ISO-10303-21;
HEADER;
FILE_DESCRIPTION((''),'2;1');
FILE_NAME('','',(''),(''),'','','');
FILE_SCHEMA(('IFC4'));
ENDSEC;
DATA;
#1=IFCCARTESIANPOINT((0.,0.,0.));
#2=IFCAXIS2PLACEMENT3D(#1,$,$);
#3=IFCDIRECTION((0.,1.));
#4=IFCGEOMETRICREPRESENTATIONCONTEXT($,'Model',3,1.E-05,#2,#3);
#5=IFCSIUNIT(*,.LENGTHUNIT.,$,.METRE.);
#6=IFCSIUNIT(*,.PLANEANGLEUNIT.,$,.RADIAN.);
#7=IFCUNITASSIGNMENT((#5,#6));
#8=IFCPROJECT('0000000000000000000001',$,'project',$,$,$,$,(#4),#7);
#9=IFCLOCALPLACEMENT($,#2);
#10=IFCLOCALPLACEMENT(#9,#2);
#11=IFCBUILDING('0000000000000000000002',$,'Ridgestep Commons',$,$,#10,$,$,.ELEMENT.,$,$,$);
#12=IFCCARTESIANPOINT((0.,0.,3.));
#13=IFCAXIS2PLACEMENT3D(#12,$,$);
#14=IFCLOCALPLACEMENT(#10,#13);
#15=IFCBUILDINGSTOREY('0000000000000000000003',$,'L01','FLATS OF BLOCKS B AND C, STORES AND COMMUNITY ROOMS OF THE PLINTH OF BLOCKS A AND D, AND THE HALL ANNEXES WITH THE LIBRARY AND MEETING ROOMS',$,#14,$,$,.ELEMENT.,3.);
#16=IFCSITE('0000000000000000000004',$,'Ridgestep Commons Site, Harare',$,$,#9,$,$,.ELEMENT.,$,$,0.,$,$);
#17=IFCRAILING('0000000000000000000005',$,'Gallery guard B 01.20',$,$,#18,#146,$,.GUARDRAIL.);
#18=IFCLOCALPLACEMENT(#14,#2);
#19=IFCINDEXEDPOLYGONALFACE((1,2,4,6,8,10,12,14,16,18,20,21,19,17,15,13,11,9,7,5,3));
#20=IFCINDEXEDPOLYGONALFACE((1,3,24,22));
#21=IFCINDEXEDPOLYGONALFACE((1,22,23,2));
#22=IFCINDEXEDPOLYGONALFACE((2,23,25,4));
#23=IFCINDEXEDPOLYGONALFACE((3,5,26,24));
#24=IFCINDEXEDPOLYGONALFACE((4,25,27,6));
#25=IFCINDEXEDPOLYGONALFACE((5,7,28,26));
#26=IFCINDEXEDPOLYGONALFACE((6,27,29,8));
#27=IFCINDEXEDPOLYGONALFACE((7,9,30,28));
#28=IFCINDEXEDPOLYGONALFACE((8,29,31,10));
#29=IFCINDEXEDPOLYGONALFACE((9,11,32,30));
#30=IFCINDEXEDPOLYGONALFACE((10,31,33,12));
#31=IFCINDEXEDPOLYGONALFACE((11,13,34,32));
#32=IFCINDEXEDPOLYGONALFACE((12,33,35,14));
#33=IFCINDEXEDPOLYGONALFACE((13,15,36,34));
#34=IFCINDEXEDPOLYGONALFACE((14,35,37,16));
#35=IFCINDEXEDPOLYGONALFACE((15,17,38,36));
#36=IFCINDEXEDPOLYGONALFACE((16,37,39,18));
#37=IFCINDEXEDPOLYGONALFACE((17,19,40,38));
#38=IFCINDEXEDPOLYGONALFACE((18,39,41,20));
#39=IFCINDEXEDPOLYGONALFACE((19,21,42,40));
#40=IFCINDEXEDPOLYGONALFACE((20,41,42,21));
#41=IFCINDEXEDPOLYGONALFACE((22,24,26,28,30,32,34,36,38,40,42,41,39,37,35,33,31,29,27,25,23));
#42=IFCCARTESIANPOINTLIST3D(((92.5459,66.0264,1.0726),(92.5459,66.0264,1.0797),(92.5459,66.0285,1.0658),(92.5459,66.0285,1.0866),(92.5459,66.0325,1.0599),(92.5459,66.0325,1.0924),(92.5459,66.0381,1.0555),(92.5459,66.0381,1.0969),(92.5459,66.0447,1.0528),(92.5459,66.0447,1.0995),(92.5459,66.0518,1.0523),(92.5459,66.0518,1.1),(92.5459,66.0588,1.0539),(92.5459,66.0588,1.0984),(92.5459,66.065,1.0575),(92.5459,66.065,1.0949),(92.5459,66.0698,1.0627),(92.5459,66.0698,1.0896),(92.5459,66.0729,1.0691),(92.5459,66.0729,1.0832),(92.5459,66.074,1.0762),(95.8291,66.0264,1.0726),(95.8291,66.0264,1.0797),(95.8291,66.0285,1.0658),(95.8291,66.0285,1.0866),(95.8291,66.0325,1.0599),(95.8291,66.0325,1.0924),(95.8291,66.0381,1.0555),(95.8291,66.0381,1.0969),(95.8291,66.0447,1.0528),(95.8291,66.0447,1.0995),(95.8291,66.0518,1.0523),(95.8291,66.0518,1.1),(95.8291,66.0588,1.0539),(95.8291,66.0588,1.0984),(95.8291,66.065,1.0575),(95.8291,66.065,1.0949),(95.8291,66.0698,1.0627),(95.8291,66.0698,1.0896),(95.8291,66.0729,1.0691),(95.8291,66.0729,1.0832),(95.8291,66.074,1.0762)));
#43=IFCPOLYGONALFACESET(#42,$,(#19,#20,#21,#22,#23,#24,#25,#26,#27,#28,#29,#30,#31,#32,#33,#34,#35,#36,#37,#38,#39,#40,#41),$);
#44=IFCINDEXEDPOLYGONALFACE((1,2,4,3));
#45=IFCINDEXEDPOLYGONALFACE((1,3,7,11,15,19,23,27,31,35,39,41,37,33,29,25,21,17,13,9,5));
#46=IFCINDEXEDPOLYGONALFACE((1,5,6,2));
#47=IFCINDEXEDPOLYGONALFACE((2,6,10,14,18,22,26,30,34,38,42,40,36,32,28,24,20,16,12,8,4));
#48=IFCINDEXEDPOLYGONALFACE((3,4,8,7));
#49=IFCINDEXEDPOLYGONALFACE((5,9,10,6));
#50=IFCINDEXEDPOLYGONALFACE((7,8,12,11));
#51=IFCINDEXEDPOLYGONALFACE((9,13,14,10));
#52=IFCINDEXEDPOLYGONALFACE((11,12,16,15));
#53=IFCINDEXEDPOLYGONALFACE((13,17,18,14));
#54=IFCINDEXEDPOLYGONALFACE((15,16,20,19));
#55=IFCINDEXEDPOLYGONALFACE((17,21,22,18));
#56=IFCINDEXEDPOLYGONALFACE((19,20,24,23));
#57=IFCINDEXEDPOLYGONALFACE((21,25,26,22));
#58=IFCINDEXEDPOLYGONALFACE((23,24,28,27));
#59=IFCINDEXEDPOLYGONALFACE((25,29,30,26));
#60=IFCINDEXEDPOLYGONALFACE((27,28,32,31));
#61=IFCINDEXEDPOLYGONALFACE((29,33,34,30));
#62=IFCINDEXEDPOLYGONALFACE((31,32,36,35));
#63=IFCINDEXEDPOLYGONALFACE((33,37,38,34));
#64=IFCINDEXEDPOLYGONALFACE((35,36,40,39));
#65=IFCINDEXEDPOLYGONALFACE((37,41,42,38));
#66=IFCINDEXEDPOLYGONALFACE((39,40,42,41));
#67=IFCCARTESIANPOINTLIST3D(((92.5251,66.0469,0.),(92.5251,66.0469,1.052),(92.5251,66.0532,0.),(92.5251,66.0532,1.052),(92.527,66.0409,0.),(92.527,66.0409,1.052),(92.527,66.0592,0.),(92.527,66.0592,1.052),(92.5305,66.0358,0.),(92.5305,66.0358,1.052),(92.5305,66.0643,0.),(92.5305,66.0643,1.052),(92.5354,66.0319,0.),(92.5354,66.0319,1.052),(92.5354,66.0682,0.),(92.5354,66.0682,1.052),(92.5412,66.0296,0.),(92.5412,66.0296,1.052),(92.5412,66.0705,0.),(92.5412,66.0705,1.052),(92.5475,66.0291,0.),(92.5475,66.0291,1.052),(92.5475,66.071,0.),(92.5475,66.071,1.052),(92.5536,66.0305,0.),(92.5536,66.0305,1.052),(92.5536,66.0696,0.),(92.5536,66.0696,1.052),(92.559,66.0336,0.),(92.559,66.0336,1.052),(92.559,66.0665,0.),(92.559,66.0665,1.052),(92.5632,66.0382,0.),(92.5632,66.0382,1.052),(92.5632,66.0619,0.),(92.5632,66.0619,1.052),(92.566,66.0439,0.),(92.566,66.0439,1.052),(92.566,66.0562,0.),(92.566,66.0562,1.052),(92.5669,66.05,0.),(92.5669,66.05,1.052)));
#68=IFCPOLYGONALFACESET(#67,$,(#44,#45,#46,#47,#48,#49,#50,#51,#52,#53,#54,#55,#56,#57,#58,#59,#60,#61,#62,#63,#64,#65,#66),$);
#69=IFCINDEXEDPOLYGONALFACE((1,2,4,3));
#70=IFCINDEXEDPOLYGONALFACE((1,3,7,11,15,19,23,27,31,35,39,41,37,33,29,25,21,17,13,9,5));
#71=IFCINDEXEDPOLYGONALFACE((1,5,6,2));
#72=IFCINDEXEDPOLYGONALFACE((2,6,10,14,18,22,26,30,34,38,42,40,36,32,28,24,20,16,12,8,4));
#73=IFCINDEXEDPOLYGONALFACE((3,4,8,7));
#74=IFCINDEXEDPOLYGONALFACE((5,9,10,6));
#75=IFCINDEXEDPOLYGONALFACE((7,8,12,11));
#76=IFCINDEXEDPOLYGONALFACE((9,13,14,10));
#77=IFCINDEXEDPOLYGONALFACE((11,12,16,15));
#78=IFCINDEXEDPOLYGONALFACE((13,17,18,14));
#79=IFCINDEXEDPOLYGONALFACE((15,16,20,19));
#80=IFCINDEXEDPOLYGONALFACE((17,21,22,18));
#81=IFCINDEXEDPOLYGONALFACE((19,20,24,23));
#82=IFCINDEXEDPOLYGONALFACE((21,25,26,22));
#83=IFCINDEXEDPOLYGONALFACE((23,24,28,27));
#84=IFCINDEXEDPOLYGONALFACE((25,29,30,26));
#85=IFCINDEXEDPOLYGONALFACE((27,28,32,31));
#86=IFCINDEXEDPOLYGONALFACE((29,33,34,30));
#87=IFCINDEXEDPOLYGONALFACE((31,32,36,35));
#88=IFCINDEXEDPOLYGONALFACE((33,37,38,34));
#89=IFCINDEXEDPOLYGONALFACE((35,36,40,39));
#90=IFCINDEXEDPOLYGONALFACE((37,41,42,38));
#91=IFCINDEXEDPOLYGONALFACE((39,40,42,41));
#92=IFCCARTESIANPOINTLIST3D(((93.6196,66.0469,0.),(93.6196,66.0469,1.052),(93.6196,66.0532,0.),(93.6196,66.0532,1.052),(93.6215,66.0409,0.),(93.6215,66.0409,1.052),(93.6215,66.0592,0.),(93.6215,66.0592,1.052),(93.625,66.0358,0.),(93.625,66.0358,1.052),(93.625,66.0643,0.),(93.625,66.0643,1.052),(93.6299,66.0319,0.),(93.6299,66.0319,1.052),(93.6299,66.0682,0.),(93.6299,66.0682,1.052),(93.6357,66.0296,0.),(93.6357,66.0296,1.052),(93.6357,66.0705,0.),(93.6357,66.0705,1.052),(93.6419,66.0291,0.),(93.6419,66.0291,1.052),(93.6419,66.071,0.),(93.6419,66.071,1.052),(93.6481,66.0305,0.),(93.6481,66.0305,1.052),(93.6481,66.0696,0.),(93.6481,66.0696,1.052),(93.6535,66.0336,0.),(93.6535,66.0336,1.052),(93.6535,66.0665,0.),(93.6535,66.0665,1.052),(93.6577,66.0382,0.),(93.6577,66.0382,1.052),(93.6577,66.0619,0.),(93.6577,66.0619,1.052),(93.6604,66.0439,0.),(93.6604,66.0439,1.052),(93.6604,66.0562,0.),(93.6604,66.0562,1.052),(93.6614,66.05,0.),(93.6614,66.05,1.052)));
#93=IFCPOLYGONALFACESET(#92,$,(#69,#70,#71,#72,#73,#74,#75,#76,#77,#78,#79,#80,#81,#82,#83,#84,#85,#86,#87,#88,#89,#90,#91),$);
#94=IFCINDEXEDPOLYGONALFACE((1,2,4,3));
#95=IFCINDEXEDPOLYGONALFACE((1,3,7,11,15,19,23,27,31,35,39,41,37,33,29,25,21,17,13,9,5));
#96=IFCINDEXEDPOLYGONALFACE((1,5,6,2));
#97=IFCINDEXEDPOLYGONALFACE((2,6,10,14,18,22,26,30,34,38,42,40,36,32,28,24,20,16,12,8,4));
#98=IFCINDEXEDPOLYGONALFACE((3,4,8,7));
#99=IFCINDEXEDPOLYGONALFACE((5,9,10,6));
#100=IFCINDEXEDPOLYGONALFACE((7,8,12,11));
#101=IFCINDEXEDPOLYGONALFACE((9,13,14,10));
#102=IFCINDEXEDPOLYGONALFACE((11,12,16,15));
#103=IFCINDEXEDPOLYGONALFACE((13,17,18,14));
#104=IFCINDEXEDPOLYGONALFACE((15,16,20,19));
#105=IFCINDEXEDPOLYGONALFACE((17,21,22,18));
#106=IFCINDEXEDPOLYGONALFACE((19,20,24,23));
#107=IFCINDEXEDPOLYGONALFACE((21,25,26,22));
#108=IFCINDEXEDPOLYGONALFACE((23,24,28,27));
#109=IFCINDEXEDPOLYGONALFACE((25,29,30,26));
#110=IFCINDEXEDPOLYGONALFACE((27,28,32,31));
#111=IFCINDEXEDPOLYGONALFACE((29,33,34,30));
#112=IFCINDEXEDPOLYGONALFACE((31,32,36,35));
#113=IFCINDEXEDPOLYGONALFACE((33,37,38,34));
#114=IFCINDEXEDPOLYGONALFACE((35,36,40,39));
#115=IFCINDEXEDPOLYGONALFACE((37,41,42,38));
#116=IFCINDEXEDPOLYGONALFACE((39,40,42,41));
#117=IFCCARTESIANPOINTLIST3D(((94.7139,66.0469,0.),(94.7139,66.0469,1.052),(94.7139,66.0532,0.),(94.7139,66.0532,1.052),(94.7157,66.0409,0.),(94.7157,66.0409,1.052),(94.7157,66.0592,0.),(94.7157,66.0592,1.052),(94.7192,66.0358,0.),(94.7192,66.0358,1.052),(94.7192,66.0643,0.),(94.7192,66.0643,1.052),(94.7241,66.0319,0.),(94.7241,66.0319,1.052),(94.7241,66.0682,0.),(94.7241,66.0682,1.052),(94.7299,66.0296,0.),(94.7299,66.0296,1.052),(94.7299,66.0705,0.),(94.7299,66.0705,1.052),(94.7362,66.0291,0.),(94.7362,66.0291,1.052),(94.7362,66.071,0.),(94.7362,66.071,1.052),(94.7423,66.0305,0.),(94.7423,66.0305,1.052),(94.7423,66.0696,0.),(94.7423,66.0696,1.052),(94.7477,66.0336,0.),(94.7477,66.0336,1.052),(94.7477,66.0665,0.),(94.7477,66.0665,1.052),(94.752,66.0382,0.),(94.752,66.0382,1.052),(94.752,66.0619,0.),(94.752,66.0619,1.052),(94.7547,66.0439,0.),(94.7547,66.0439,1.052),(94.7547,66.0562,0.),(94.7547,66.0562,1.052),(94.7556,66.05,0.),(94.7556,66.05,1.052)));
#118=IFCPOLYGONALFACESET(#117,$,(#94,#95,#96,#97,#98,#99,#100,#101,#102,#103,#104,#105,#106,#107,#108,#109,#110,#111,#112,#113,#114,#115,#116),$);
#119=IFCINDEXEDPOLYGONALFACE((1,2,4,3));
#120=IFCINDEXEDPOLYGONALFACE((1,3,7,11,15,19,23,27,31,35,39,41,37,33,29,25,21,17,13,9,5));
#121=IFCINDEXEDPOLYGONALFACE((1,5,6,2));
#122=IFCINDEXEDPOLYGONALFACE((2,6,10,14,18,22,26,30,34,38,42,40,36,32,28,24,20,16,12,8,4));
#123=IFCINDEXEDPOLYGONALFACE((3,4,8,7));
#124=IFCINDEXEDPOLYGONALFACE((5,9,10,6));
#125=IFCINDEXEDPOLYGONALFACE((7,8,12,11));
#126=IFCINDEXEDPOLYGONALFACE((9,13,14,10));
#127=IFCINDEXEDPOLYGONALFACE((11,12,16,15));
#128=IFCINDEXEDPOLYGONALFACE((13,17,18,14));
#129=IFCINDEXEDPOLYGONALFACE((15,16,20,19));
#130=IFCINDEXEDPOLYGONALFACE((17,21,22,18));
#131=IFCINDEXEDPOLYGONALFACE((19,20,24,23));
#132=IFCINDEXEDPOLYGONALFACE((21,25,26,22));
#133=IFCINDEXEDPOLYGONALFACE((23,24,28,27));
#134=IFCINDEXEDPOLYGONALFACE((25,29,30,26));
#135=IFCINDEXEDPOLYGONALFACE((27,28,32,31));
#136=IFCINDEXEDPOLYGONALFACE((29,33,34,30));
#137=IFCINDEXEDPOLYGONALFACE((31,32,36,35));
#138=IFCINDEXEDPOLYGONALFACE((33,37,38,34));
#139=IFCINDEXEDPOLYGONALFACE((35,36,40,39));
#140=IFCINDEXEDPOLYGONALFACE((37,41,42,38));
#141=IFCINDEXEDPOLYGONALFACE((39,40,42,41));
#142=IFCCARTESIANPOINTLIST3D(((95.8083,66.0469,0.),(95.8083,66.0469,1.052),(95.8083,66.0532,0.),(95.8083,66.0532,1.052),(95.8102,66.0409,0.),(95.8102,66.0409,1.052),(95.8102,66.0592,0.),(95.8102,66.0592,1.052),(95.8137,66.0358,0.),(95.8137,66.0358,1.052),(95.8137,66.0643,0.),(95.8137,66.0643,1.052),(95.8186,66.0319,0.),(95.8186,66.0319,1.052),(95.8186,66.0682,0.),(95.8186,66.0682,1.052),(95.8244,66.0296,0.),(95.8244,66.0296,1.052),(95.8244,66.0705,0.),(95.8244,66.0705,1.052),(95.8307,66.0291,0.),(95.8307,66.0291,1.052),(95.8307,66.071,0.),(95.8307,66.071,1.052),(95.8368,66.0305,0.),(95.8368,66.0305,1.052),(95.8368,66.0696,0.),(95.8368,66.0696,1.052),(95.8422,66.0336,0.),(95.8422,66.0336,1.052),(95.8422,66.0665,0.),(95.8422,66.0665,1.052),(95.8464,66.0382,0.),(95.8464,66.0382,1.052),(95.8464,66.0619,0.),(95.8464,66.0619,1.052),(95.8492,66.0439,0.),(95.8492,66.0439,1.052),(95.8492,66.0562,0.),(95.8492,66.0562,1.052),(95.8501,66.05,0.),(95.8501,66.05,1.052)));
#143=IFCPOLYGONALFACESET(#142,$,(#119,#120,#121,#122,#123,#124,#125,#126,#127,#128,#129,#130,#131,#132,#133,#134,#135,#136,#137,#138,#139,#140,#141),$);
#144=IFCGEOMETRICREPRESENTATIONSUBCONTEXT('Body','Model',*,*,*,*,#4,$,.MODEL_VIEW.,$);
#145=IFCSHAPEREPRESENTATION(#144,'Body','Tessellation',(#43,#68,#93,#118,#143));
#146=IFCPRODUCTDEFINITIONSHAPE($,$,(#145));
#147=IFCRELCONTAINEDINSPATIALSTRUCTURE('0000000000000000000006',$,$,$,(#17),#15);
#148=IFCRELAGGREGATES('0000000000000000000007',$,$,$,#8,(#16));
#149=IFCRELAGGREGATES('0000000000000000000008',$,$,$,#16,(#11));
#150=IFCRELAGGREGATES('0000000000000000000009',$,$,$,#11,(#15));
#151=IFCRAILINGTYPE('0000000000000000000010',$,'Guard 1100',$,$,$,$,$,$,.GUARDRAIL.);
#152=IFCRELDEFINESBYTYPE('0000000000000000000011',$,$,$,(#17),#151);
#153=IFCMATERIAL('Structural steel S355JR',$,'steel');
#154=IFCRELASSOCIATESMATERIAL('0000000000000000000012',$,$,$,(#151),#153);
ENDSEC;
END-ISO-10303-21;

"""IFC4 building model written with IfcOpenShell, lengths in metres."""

from ifc_helpers import new_model, si_unit, direction, frame, origin, origin_2d, place, context, subcontext, project, spatial, circle, extrude, material, type_object, element, save


model = new_model("IFC4")

# Units and contexts
model_context = context("Model", 3, precision=1e-05, world=origin(), true_north=direction((0.0, 1.0)))
body_context = subcontext(model_context, "Body", "Model", "MODEL_VIEW")
ifc_project = project(units=[si_unit("LENGTHUNIT", "METRE"), si_unit("PLANEANGLEUNIT", "RADIAN")], contexts=[model_context])

# Site, building, storey
site_placement = place(None, origin())
site = spatial("IfcSite", under=ifc_project, at=site_placement, Name="Ridgestep Commons Site, Harare", CompositionType="ELEMENT", RefElevation=0.0)
building_placement = place(site_placement, origin())
building = spatial("IfcBuilding", under=site, at=building_placement, Name="Ridgestep Commons", CompositionType="ELEMENT")
storey_placement = place(building_placement, frame((0.0, 0.0, 3.0)))
storey = spatial("IfcBuildingStorey", under=building, at=storey_placement, Name="L01", Description="FLATS OF BLOCKS B AND C, STORES AND COMMUNITY ROOMS OF THE PLINTH OF BLOCKS A AND D, AND THE HALL ANNEXES WITH THE LIBRARY AND MEETING ROOMS", CompositionType="ELEMENT", Elevation=3.0)

# Railing
ifc_material_1 = material(Name="Structural steel S355JR", Category="steel")
railing_type_1 = type_object("IfcRailingType", Name="Guard 1100", PredefinedType="GUARDRAIL", material=ifc_material_1)
railing_1_placement = place(storey_placement, frame((92.5459, 66.05, 0.0)))
element("IfcRailing", 1, at=railing_1_placement, inside=storey, type_object=railing_type_1, Name="Gallery guard B 01.20", PredefinedType="GUARDRAIL", context=body_context, shape_type="SweptSolid", body=[
    extrude(circle(Radius=0.0239, at=origin_2d()), frame((0.0, 0.0, 1.0762), z_axis=(1.0, 0.0, 0.0), x_axis=(0.0, 1.0, 0.0)), (0.0, 0.0, 1.0), 3.2832),
    extrude(circle(Radius=0.021, at=origin_2d()), origin(), (0.0, 0.0, 1.0), 1.052),
    extrude(circle(Radius=0.021, at=origin_2d()), frame((1.0945, 0.0, 0.0)), (0.0, 0.0, 1.0), 1.052),
    extrude(circle(Radius=0.021, at=origin_2d()), frame((2.1887, 0.0, 0.0)), (0.0, 0.0, 1.0), 1.052),
    extrude(circle(Radius=0.021, at=origin_2d()), frame((3.2832, 0.0, 0.0)), (0.0, 0.0, 1.0), 1.052),
])

save(model, "model.ifc")
